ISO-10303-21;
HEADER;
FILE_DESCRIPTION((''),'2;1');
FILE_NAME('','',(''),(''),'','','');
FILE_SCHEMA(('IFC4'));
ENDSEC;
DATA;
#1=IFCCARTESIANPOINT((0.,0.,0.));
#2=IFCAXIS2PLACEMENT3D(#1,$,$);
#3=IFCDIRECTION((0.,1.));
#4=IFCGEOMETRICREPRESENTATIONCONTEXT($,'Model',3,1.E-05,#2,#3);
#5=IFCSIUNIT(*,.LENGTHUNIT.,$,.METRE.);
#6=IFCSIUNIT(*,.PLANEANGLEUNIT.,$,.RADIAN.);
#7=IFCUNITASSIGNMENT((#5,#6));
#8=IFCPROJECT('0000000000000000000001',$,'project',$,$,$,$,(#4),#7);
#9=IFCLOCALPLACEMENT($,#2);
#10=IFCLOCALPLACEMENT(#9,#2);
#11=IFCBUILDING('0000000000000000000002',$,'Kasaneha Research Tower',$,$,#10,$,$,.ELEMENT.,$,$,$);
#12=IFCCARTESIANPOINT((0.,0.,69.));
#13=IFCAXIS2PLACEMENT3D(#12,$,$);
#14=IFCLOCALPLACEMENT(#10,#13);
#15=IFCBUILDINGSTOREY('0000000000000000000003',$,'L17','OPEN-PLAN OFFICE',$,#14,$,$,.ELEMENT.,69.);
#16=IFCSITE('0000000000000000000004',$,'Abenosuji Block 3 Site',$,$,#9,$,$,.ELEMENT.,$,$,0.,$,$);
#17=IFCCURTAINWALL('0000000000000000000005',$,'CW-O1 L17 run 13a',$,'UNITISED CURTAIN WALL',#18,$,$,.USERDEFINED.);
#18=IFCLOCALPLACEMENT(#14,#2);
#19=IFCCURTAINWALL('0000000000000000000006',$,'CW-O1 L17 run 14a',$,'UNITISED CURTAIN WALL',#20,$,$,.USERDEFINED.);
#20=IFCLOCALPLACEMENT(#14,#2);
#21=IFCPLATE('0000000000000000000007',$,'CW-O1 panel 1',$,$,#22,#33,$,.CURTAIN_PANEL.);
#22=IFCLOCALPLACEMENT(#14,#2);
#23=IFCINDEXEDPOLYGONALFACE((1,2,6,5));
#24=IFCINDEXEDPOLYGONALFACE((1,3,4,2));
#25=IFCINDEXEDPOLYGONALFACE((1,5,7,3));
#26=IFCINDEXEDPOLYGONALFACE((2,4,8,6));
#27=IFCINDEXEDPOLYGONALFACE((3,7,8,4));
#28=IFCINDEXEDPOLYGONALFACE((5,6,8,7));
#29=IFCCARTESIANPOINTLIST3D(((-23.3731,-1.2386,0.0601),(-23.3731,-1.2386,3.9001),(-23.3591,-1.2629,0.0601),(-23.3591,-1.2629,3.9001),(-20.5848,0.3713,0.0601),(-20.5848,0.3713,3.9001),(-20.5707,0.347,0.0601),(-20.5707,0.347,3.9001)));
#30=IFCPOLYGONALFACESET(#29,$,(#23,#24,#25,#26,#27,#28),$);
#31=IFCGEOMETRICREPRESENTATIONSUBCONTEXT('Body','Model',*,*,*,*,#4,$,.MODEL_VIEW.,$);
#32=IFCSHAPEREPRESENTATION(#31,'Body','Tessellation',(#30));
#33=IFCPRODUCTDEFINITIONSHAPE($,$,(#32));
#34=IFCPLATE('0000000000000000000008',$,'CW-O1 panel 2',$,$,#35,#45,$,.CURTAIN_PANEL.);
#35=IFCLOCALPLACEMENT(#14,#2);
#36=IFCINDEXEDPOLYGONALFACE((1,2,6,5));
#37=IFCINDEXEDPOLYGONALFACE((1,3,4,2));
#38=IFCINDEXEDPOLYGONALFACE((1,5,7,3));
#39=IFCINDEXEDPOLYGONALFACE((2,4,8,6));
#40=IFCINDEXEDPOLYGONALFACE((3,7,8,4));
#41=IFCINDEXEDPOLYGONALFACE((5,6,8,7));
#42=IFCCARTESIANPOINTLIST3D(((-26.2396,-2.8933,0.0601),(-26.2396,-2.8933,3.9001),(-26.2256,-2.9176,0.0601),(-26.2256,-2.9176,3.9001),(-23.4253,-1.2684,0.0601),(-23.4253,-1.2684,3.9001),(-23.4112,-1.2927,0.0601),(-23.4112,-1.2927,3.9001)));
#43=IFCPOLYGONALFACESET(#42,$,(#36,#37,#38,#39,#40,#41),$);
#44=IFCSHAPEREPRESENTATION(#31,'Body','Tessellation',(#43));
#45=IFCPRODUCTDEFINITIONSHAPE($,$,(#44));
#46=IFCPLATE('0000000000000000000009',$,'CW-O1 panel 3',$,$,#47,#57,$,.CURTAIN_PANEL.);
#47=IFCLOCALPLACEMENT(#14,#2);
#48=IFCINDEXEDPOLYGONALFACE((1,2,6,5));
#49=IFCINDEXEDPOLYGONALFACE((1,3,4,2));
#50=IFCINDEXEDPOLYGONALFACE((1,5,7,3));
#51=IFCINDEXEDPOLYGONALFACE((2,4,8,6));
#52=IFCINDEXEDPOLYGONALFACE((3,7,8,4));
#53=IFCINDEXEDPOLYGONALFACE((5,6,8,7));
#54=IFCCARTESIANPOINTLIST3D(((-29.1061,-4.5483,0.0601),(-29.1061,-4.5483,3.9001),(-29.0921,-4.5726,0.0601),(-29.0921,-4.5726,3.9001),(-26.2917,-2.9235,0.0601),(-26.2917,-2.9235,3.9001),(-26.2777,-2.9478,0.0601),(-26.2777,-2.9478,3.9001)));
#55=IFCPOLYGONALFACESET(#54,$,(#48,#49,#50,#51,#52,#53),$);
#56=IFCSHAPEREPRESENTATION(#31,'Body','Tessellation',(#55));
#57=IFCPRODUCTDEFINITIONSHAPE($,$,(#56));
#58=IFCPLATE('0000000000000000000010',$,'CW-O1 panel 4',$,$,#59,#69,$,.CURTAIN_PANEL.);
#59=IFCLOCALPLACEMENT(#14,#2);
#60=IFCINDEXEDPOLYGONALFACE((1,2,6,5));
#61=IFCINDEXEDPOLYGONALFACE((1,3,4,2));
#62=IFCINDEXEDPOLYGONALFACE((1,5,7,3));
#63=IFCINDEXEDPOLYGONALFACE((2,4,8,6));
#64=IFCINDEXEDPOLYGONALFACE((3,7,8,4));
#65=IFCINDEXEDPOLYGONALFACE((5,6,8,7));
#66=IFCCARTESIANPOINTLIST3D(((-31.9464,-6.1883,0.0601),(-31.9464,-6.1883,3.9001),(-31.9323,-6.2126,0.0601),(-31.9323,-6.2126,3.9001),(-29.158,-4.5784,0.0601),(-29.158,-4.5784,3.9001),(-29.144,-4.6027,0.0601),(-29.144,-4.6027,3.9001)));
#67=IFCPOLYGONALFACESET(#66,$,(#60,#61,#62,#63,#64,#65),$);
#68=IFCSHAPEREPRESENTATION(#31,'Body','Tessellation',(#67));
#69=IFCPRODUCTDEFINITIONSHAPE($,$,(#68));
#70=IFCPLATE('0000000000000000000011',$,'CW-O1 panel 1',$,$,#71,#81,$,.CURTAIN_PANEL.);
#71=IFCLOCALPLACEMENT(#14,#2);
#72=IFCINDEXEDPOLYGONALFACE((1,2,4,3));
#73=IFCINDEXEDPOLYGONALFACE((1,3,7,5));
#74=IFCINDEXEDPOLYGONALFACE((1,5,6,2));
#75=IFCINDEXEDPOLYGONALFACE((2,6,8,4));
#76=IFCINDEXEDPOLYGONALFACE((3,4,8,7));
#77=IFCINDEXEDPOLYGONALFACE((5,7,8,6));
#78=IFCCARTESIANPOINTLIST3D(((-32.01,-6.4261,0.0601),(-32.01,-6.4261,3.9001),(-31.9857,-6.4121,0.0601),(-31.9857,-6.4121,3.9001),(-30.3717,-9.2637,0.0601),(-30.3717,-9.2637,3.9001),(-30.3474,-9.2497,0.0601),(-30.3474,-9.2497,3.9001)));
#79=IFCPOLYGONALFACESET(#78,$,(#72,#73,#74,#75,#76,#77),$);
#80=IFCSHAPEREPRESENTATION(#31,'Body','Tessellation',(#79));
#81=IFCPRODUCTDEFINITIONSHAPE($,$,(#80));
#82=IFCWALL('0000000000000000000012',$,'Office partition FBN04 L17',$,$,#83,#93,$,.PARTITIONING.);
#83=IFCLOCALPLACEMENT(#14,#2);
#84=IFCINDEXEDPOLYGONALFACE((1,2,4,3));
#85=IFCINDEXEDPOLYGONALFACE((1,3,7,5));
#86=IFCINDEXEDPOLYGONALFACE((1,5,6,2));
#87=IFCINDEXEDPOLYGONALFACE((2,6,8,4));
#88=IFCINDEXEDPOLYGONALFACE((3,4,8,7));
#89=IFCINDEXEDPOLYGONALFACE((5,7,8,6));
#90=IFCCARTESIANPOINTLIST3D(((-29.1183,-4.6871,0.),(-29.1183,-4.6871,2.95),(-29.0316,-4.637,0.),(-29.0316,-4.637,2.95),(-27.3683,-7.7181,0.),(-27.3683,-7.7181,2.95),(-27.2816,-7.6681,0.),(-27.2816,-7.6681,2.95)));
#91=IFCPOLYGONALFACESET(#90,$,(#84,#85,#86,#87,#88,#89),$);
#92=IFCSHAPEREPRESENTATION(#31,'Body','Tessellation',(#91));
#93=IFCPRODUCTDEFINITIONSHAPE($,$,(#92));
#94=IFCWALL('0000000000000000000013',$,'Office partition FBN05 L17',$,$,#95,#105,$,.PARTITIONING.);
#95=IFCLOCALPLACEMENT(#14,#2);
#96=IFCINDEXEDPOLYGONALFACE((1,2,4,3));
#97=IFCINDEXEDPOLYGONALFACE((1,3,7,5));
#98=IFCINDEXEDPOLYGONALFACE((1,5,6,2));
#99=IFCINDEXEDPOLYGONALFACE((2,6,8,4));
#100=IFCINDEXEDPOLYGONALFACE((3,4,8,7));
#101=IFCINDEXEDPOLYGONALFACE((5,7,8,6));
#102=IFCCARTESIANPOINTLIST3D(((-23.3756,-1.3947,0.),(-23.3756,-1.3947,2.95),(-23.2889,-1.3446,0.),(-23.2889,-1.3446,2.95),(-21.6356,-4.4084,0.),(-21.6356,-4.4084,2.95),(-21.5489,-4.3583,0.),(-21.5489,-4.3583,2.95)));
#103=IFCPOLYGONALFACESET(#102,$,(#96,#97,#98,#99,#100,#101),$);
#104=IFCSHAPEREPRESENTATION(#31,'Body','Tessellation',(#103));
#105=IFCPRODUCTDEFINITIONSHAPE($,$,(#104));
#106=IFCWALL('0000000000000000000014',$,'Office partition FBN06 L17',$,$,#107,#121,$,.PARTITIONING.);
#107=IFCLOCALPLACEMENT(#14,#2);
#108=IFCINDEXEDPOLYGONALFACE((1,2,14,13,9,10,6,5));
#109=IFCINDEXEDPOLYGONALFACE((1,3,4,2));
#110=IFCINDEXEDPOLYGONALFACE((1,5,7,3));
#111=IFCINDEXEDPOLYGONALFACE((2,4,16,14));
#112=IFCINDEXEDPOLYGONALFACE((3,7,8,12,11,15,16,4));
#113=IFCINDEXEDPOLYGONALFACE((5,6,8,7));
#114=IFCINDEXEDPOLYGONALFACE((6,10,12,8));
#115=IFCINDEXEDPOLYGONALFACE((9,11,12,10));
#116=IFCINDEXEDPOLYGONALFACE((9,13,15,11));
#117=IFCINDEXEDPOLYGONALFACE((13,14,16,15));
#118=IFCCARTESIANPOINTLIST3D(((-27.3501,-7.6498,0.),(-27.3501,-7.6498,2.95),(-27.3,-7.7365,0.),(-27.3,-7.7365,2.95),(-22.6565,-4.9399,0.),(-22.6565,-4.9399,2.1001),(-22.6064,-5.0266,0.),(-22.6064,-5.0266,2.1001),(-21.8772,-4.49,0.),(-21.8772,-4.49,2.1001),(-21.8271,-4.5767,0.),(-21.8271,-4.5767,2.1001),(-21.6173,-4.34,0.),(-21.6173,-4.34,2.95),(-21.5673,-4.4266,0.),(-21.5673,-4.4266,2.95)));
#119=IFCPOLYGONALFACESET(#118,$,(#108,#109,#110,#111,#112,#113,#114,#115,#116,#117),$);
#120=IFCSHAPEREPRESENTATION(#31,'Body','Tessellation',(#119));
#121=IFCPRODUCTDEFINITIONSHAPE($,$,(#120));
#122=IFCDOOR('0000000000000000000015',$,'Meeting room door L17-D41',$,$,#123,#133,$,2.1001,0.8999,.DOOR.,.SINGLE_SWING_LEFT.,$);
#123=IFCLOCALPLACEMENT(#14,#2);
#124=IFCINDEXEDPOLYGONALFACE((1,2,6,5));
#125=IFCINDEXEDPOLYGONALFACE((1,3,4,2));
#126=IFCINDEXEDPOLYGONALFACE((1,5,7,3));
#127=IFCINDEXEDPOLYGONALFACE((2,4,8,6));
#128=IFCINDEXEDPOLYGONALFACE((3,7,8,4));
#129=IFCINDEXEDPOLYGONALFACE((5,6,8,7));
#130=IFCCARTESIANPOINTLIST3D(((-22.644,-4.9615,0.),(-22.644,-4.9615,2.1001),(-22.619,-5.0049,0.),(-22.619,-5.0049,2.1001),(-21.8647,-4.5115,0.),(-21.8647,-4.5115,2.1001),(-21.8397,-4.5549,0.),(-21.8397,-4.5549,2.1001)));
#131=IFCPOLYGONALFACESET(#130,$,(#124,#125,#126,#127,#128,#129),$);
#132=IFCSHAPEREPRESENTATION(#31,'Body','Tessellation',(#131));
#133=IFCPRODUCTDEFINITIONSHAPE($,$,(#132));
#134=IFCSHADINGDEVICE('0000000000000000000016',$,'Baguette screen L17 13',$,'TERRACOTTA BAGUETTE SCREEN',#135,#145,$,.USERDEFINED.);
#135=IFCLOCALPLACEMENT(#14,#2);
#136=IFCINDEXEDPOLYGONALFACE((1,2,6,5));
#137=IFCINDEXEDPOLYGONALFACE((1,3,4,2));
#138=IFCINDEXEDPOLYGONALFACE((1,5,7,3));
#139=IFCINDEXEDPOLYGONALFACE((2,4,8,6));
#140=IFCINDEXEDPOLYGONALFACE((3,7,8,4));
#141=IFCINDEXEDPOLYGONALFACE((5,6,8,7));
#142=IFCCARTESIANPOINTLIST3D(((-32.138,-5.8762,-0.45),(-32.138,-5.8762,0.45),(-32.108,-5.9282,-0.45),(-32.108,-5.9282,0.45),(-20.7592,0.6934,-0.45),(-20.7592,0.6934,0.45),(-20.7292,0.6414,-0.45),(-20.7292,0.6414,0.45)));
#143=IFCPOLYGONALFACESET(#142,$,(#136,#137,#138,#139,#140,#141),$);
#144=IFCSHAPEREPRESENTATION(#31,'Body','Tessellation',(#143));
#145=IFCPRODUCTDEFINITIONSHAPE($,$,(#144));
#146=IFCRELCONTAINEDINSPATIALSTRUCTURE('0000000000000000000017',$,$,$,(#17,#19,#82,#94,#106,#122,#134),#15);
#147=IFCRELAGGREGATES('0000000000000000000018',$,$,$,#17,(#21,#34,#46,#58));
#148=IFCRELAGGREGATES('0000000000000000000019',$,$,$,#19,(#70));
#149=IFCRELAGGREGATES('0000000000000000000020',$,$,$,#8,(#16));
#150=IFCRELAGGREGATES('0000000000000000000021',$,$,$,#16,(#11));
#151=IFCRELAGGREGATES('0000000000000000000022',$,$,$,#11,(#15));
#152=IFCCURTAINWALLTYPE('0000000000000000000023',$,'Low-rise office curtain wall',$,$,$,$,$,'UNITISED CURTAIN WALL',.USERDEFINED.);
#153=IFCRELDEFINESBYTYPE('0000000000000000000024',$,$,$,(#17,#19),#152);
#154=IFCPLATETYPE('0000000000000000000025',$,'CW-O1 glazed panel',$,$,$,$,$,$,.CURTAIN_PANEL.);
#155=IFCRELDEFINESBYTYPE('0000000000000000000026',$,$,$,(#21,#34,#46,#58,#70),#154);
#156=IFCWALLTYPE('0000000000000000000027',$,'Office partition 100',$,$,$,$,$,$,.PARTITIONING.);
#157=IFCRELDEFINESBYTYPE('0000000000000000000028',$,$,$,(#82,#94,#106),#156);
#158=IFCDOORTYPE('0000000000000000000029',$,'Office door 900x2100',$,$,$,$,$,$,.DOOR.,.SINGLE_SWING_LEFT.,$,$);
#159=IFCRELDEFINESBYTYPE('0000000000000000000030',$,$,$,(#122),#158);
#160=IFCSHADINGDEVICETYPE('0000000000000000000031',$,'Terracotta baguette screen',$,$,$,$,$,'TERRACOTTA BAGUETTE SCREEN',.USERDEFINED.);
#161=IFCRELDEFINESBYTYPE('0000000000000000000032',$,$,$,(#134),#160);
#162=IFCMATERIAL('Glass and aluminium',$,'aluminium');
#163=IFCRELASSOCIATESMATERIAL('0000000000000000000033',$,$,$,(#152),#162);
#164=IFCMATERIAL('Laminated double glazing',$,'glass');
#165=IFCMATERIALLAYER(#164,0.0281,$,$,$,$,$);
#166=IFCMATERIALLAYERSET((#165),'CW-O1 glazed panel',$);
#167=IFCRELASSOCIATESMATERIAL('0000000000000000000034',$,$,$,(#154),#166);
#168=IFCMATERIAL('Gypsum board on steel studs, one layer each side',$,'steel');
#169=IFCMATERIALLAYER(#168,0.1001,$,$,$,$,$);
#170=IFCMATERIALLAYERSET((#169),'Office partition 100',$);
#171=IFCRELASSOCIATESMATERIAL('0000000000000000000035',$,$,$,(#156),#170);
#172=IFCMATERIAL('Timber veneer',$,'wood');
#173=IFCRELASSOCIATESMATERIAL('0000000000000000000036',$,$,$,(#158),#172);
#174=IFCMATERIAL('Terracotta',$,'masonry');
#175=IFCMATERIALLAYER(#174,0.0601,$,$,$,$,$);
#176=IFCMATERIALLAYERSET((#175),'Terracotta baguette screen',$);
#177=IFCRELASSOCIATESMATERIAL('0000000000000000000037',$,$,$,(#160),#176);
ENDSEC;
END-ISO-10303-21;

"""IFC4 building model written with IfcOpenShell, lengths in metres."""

from ifc_helpers import new_model, si_unit, direction, frame, frame_2d, origin, origin_2d, place, context, subcontext, project, spatial, rectangle, extrude, material, layer, layer_set, type_object, element, fill, aggregate, save


model = new_model("IFC4")

# Units and contexts
model_context = context("Model", 3, precision=1e-05, world=origin(), true_north=direction((0.0, 1.0)))
body_context = subcontext(model_context, "Body", "Model", "MODEL_VIEW")
ifc_project = project(units=[si_unit("LENGTHUNIT", "METRE"), si_unit("PLANEANGLEUNIT", "RADIAN")], contexts=[model_context])

# Site, building, storey
site_placement = place(None, origin())
site = spatial("IfcSite", under=ifc_project, at=site_placement, Name="Abenosuji Block 3 Site", CompositionType="ELEMENT", RefElevation=0.0)
building_placement = place(site_placement, origin())
building = spatial("IfcBuilding", under=site, at=building_placement, Name="Kasaneha Research Tower", CompositionType="ELEMENT")
storey_placement = place(building_placement, frame((0.0, 0.0, 69.0)))
storey = spatial("IfcBuildingStorey", under=building, at=storey_placement, Name="L17", Description="OPEN-PLAN OFFICE", CompositionType="ELEMENT", Elevation=69.0)

# Curtain wall
ifc_material_1 = material(Name="Glass and aluminium", Category="aluminium")
curtain_wall_type = type_object("IfcCurtainWallType", Name="Low-rise office curtain wall", ElementType="UNITISED CURTAIN WALL", PredefinedType="USERDEFINED", material=ifc_material_1)
curtain_wall_1_placement = place(storey_placement, origin())
curtain_wall_1 = element("IfcCurtainWall", 1, at=curtain_wall_1_placement, inside=storey, type_object=curtain_wall_type, Name="CW-O1 L17 run 13a", ObjectType="UNITISED CURTAIN WALL", PredefinedType="USERDEFINED")

# Curtain wall
curtain_wall_2_placement = place(storey_placement, origin())
curtain_wall_2 = element("IfcCurtainWall", 2, at=curtain_wall_2_placement, inside=storey, type_object=curtain_wall_type, Name="CW-O1 L17 run 14a", ObjectType="UNITISED CURTAIN WALL", PredefinedType="USERDEFINED")

# Plates
ifc_material_2 = material(Name="Laminated double glazing", Category="glass")
ifc_layer_1 = layer(ifc_material_2, 0.0281)
ifc_layer_set_1 = layer_set([ifc_layer_1], Name="CW-O1 glazed panel")
plate_type = type_object("IfcPlateType", Name="CW-O1 glazed panel", PredefinedType="CURTAIN_PANEL", material=ifc_layer_set_1)
plate_1_placement = place(storey_placement, frame((-21.9719, -0.4458, 0.0601), z_axis=(0.0, 0.0, 1.0), x_axis=(-0.866025, -0.5, 0.0)))
plate_1 = element("IfcPlate", 3, at=plate_1_placement, type_object=plate_type, Name="CW-O1 panel 1", PredefinedType="CURTAIN_PANEL", context=body_context, shape_type="SweptSolid", body=[
    extrude(rectangle(XDim=3.2197, YDim=0.0281, at=origin_2d()), origin(), (0.0, 0.0, 1.0), 3.8401),
])
plate_2_placement = place(storey_placement, frame((-24.8254, -2.093, 0.0601), z_axis=(0.0, 0.0, 1.0), x_axis=(-0.866025, -0.5, 0.0)))
plate_2 = element("IfcPlate", 4, at=plate_2_placement, type_object=plate_type, Name="CW-O1 panel 2", PredefinedType="CURTAIN_PANEL", context=body_context, shape_type="SweptSolid", body=[
    extrude(rectangle(XDim=3.2498, YDim=0.0281, at=origin_2d()), origin(), (0.0, 0.0, 1.0), 3.8401),
])
plate_3_placement = place(storey_placement, frame((-27.6919, -3.748, 0.0601), z_axis=(0.0, 0.0, 1.0), x_axis=(-0.866025, -0.5, 0.0)))
plate_3 = element("IfcPlate", 5, at=plate_3_placement, type_object=plate_type, Name="CW-O1 panel 3", PredefinedType="CURTAIN_PANEL", context=body_context, shape_type="SweptSolid", body=[
    extrude(rectangle(XDim=3.2498, YDim=0.0281, at=origin_2d()), origin(), (0.0, 0.0, 1.0), 3.8401),
])
plate_4_placement = place(storey_placement, frame((-30.5452, -5.3955, 0.0601), z_axis=(0.0, 0.0, 1.0), x_axis=(-0.866025, -0.5, 0.0)))
plate_4 = element("IfcPlate", 6, at=plate_4_placement, type_object=plate_type, Name="CW-O1 panel 4", PredefinedType="CURTAIN_PANEL", context=body_context, shape_type="SweptSolid", body=[
    extrude(rectangle(XDim=3.2197, YDim=0.0281, at=origin_2d()), origin(), (0.0, 0.0, 1.0), 3.8401),
])
aggregate(curtain_wall_1, [plate_1, plate_2, plate_3, plate_4])
plate_5_placement = place(storey_placement, frame((-31.1787, -7.8379, 0.0601), z_axis=(0.0, 0.0, 1.0), x_axis=(0.5, -0.866025, 0.0)))
plate_5 = element("IfcPlate", 7, at=plate_5_placement, type_object=plate_type, Name="CW-O1 panel 1", PredefinedType="CURTAIN_PANEL", context=body_context, shape_type="SweptSolid", body=[
    extrude(rectangle(XDim=3.2766, YDim=0.0281, at=origin_2d()), origin(), (0.0, 0.0, 1.0), 3.8401),
])
aggregate(curtain_wall_2, [plate_5])

# Walls
ifc_material_3 = material(Name="Gypsum board on steel studs, one layer each side", Category="steel")
ifc_layer_2 = layer(ifc_material_3, 0.1001)
ifc_layer_set_2 = layer_set([ifc_layer_2], Name="Office partition 100")
wall_type = type_object("IfcWallType", Name="Office partition 100", PredefinedType="PARTITIONING", material=ifc_layer_set_2)
wall_1_placement = place(storey_placement, frame((-27.325, -7.6931, 0.0), z_axis=(0.0, 0.0, 1.0), x_axis=(-0.50001, 0.866019, 0.0)))
element("IfcWall", 8, at=wall_1_placement, inside=storey, type_object=wall_type, Name="Office partition FBN04 L17", PredefinedType="PARTITIONING", context=body_context, shape_type="SweptSolid", body=[
    extrude(rectangle(XDim=3.5, YDim=0.1001, at=frame_2d((1.75, 0.0))), origin(), (0.0, 0.0, 1.0), 2.95),
])
wall_2_placement = place(storey_placement, frame((-23.3323, -1.3696, 0.0), z_axis=(0.0, 0.0, 1.0), x_axis=(0.50001, -0.86602, 0.0)))
element("IfcWall", 9, at=wall_2_placement, inside=storey, type_object=wall_type, Name="Office partition FBN05 L17", PredefinedType="PARTITIONING", context=body_context, shape_type="SweptSolid", body=[
    extrude(rectangle(XDim=3.48, YDim=0.1001, at=frame_2d((1.74, 0.0))), origin(), (0.0, 0.0, 1.0), 2.95),
])

# Wall, opening, door
wall_3_placement = place(storey_placement, frame((-21.5923, -4.3833, 0.0), z_axis=(0.0, 0.0, 1.0), x_axis=(-0.866022, -0.500007, 0.0)))
wall_3 = element("IfcWall", 10, at=wall_3_placement, inside=storey, type_object=wall_type, Name="Office partition FBN06 L17", PredefinedType="PARTITIONING", context=body_context, shape_type="SweptSolid", body=[
    extrude(rectangle(XDim=6.6196, YDim=0.1001, at=frame_2d((3.3098, 0.0))), origin(), (0.0, 0.0, 1.0), 2.95),
])
opening_placement = place(wall_3_placement, frame((0.3, 0.0, 0.0)))
opening = element("IfcOpeningElement", 11, at=opening_placement, cuts=wall_3, PredefinedType="OPENING", context=body_context, shape_type="SweptSolid", body=[
    extrude(rectangle(XDim=0.8999, YDim=2.1001, at=frame_2d((0.45, 1.05))), frame((0.0, 0.0601, 0.0), z_axis=(0.0, -1.0, 0.0), x_axis=(1.0, 0.0, 0.0)), (0.0, 0.0, 1.0), 0.1201),
])
ifc_material_4 = material(Name="Timber veneer", Category="wood")
door_type = type_object("IfcDoorType", Name="Office door 900x2100", OperationType="SINGLE_SWING_LEFT", PredefinedType="DOOR", material=ifc_material_4)
door_placement = place(opening_placement, origin())
door = element("IfcDoor", 12, at=door_placement, inside=storey, type_object=door_type, Name="Meeting room door L17-D41", OperationType="SINGLE_SWING_LEFT", OverallHeight=2.1001, OverallWidth=0.8999, PredefinedType="DOOR", context=body_context, shape_type="SweptSolid", body=[
    extrude(rectangle(XDim=0.8999, YDim=2.1001, at=frame_2d((0.45, 1.05))), frame((0.0, 0.0249, 0.0), z_axis=(0.0, -1.0, 0.0), x_axis=(1.0, 0.0, 0.0)), (0.0, 0.0, 1.0), 0.05),
])
fill(opening, door)

# Shading device
ifc_material_5 = material(Name="Terracotta", Category="masonry")
ifc_layer_3 = layer(ifc_material_5, 0.0601)
ifc_layer_set_3 = layer_set([ifc_layer_3], Name="Terracotta baguette screen")
shading_device_type = type_object("IfcShadingDeviceType", Name="Terracotta baguette screen", ElementType="TERRACOTTA BAGUETTE SCREEN", PredefinedType="USERDEFINED", material=ifc_layer_set_3)
shading_device_placement = place(storey_placement, frame((-26.4336, -2.6174, -0.45), z_axis=(0.0, 0.0, 1.0), x_axis=(-0.866025, -0.5, 0.0)))
element("IfcShadingDevice", 13, at=shading_device_placement, inside=storey, type_object=shading_device_type, Name="Baguette screen L17 13", ObjectType="TERRACOTTA BAGUETTE SCREEN", PredefinedType="USERDEFINED", context=body_context, shape_type="SweptSolid", body=[
    extrude(rectangle(XDim=13.1392, YDim=0.0601, at=origin_2d()), origin(), (0.0, 0.0, 1.0), 0.8999),
])

save(model, "model.ifc")
